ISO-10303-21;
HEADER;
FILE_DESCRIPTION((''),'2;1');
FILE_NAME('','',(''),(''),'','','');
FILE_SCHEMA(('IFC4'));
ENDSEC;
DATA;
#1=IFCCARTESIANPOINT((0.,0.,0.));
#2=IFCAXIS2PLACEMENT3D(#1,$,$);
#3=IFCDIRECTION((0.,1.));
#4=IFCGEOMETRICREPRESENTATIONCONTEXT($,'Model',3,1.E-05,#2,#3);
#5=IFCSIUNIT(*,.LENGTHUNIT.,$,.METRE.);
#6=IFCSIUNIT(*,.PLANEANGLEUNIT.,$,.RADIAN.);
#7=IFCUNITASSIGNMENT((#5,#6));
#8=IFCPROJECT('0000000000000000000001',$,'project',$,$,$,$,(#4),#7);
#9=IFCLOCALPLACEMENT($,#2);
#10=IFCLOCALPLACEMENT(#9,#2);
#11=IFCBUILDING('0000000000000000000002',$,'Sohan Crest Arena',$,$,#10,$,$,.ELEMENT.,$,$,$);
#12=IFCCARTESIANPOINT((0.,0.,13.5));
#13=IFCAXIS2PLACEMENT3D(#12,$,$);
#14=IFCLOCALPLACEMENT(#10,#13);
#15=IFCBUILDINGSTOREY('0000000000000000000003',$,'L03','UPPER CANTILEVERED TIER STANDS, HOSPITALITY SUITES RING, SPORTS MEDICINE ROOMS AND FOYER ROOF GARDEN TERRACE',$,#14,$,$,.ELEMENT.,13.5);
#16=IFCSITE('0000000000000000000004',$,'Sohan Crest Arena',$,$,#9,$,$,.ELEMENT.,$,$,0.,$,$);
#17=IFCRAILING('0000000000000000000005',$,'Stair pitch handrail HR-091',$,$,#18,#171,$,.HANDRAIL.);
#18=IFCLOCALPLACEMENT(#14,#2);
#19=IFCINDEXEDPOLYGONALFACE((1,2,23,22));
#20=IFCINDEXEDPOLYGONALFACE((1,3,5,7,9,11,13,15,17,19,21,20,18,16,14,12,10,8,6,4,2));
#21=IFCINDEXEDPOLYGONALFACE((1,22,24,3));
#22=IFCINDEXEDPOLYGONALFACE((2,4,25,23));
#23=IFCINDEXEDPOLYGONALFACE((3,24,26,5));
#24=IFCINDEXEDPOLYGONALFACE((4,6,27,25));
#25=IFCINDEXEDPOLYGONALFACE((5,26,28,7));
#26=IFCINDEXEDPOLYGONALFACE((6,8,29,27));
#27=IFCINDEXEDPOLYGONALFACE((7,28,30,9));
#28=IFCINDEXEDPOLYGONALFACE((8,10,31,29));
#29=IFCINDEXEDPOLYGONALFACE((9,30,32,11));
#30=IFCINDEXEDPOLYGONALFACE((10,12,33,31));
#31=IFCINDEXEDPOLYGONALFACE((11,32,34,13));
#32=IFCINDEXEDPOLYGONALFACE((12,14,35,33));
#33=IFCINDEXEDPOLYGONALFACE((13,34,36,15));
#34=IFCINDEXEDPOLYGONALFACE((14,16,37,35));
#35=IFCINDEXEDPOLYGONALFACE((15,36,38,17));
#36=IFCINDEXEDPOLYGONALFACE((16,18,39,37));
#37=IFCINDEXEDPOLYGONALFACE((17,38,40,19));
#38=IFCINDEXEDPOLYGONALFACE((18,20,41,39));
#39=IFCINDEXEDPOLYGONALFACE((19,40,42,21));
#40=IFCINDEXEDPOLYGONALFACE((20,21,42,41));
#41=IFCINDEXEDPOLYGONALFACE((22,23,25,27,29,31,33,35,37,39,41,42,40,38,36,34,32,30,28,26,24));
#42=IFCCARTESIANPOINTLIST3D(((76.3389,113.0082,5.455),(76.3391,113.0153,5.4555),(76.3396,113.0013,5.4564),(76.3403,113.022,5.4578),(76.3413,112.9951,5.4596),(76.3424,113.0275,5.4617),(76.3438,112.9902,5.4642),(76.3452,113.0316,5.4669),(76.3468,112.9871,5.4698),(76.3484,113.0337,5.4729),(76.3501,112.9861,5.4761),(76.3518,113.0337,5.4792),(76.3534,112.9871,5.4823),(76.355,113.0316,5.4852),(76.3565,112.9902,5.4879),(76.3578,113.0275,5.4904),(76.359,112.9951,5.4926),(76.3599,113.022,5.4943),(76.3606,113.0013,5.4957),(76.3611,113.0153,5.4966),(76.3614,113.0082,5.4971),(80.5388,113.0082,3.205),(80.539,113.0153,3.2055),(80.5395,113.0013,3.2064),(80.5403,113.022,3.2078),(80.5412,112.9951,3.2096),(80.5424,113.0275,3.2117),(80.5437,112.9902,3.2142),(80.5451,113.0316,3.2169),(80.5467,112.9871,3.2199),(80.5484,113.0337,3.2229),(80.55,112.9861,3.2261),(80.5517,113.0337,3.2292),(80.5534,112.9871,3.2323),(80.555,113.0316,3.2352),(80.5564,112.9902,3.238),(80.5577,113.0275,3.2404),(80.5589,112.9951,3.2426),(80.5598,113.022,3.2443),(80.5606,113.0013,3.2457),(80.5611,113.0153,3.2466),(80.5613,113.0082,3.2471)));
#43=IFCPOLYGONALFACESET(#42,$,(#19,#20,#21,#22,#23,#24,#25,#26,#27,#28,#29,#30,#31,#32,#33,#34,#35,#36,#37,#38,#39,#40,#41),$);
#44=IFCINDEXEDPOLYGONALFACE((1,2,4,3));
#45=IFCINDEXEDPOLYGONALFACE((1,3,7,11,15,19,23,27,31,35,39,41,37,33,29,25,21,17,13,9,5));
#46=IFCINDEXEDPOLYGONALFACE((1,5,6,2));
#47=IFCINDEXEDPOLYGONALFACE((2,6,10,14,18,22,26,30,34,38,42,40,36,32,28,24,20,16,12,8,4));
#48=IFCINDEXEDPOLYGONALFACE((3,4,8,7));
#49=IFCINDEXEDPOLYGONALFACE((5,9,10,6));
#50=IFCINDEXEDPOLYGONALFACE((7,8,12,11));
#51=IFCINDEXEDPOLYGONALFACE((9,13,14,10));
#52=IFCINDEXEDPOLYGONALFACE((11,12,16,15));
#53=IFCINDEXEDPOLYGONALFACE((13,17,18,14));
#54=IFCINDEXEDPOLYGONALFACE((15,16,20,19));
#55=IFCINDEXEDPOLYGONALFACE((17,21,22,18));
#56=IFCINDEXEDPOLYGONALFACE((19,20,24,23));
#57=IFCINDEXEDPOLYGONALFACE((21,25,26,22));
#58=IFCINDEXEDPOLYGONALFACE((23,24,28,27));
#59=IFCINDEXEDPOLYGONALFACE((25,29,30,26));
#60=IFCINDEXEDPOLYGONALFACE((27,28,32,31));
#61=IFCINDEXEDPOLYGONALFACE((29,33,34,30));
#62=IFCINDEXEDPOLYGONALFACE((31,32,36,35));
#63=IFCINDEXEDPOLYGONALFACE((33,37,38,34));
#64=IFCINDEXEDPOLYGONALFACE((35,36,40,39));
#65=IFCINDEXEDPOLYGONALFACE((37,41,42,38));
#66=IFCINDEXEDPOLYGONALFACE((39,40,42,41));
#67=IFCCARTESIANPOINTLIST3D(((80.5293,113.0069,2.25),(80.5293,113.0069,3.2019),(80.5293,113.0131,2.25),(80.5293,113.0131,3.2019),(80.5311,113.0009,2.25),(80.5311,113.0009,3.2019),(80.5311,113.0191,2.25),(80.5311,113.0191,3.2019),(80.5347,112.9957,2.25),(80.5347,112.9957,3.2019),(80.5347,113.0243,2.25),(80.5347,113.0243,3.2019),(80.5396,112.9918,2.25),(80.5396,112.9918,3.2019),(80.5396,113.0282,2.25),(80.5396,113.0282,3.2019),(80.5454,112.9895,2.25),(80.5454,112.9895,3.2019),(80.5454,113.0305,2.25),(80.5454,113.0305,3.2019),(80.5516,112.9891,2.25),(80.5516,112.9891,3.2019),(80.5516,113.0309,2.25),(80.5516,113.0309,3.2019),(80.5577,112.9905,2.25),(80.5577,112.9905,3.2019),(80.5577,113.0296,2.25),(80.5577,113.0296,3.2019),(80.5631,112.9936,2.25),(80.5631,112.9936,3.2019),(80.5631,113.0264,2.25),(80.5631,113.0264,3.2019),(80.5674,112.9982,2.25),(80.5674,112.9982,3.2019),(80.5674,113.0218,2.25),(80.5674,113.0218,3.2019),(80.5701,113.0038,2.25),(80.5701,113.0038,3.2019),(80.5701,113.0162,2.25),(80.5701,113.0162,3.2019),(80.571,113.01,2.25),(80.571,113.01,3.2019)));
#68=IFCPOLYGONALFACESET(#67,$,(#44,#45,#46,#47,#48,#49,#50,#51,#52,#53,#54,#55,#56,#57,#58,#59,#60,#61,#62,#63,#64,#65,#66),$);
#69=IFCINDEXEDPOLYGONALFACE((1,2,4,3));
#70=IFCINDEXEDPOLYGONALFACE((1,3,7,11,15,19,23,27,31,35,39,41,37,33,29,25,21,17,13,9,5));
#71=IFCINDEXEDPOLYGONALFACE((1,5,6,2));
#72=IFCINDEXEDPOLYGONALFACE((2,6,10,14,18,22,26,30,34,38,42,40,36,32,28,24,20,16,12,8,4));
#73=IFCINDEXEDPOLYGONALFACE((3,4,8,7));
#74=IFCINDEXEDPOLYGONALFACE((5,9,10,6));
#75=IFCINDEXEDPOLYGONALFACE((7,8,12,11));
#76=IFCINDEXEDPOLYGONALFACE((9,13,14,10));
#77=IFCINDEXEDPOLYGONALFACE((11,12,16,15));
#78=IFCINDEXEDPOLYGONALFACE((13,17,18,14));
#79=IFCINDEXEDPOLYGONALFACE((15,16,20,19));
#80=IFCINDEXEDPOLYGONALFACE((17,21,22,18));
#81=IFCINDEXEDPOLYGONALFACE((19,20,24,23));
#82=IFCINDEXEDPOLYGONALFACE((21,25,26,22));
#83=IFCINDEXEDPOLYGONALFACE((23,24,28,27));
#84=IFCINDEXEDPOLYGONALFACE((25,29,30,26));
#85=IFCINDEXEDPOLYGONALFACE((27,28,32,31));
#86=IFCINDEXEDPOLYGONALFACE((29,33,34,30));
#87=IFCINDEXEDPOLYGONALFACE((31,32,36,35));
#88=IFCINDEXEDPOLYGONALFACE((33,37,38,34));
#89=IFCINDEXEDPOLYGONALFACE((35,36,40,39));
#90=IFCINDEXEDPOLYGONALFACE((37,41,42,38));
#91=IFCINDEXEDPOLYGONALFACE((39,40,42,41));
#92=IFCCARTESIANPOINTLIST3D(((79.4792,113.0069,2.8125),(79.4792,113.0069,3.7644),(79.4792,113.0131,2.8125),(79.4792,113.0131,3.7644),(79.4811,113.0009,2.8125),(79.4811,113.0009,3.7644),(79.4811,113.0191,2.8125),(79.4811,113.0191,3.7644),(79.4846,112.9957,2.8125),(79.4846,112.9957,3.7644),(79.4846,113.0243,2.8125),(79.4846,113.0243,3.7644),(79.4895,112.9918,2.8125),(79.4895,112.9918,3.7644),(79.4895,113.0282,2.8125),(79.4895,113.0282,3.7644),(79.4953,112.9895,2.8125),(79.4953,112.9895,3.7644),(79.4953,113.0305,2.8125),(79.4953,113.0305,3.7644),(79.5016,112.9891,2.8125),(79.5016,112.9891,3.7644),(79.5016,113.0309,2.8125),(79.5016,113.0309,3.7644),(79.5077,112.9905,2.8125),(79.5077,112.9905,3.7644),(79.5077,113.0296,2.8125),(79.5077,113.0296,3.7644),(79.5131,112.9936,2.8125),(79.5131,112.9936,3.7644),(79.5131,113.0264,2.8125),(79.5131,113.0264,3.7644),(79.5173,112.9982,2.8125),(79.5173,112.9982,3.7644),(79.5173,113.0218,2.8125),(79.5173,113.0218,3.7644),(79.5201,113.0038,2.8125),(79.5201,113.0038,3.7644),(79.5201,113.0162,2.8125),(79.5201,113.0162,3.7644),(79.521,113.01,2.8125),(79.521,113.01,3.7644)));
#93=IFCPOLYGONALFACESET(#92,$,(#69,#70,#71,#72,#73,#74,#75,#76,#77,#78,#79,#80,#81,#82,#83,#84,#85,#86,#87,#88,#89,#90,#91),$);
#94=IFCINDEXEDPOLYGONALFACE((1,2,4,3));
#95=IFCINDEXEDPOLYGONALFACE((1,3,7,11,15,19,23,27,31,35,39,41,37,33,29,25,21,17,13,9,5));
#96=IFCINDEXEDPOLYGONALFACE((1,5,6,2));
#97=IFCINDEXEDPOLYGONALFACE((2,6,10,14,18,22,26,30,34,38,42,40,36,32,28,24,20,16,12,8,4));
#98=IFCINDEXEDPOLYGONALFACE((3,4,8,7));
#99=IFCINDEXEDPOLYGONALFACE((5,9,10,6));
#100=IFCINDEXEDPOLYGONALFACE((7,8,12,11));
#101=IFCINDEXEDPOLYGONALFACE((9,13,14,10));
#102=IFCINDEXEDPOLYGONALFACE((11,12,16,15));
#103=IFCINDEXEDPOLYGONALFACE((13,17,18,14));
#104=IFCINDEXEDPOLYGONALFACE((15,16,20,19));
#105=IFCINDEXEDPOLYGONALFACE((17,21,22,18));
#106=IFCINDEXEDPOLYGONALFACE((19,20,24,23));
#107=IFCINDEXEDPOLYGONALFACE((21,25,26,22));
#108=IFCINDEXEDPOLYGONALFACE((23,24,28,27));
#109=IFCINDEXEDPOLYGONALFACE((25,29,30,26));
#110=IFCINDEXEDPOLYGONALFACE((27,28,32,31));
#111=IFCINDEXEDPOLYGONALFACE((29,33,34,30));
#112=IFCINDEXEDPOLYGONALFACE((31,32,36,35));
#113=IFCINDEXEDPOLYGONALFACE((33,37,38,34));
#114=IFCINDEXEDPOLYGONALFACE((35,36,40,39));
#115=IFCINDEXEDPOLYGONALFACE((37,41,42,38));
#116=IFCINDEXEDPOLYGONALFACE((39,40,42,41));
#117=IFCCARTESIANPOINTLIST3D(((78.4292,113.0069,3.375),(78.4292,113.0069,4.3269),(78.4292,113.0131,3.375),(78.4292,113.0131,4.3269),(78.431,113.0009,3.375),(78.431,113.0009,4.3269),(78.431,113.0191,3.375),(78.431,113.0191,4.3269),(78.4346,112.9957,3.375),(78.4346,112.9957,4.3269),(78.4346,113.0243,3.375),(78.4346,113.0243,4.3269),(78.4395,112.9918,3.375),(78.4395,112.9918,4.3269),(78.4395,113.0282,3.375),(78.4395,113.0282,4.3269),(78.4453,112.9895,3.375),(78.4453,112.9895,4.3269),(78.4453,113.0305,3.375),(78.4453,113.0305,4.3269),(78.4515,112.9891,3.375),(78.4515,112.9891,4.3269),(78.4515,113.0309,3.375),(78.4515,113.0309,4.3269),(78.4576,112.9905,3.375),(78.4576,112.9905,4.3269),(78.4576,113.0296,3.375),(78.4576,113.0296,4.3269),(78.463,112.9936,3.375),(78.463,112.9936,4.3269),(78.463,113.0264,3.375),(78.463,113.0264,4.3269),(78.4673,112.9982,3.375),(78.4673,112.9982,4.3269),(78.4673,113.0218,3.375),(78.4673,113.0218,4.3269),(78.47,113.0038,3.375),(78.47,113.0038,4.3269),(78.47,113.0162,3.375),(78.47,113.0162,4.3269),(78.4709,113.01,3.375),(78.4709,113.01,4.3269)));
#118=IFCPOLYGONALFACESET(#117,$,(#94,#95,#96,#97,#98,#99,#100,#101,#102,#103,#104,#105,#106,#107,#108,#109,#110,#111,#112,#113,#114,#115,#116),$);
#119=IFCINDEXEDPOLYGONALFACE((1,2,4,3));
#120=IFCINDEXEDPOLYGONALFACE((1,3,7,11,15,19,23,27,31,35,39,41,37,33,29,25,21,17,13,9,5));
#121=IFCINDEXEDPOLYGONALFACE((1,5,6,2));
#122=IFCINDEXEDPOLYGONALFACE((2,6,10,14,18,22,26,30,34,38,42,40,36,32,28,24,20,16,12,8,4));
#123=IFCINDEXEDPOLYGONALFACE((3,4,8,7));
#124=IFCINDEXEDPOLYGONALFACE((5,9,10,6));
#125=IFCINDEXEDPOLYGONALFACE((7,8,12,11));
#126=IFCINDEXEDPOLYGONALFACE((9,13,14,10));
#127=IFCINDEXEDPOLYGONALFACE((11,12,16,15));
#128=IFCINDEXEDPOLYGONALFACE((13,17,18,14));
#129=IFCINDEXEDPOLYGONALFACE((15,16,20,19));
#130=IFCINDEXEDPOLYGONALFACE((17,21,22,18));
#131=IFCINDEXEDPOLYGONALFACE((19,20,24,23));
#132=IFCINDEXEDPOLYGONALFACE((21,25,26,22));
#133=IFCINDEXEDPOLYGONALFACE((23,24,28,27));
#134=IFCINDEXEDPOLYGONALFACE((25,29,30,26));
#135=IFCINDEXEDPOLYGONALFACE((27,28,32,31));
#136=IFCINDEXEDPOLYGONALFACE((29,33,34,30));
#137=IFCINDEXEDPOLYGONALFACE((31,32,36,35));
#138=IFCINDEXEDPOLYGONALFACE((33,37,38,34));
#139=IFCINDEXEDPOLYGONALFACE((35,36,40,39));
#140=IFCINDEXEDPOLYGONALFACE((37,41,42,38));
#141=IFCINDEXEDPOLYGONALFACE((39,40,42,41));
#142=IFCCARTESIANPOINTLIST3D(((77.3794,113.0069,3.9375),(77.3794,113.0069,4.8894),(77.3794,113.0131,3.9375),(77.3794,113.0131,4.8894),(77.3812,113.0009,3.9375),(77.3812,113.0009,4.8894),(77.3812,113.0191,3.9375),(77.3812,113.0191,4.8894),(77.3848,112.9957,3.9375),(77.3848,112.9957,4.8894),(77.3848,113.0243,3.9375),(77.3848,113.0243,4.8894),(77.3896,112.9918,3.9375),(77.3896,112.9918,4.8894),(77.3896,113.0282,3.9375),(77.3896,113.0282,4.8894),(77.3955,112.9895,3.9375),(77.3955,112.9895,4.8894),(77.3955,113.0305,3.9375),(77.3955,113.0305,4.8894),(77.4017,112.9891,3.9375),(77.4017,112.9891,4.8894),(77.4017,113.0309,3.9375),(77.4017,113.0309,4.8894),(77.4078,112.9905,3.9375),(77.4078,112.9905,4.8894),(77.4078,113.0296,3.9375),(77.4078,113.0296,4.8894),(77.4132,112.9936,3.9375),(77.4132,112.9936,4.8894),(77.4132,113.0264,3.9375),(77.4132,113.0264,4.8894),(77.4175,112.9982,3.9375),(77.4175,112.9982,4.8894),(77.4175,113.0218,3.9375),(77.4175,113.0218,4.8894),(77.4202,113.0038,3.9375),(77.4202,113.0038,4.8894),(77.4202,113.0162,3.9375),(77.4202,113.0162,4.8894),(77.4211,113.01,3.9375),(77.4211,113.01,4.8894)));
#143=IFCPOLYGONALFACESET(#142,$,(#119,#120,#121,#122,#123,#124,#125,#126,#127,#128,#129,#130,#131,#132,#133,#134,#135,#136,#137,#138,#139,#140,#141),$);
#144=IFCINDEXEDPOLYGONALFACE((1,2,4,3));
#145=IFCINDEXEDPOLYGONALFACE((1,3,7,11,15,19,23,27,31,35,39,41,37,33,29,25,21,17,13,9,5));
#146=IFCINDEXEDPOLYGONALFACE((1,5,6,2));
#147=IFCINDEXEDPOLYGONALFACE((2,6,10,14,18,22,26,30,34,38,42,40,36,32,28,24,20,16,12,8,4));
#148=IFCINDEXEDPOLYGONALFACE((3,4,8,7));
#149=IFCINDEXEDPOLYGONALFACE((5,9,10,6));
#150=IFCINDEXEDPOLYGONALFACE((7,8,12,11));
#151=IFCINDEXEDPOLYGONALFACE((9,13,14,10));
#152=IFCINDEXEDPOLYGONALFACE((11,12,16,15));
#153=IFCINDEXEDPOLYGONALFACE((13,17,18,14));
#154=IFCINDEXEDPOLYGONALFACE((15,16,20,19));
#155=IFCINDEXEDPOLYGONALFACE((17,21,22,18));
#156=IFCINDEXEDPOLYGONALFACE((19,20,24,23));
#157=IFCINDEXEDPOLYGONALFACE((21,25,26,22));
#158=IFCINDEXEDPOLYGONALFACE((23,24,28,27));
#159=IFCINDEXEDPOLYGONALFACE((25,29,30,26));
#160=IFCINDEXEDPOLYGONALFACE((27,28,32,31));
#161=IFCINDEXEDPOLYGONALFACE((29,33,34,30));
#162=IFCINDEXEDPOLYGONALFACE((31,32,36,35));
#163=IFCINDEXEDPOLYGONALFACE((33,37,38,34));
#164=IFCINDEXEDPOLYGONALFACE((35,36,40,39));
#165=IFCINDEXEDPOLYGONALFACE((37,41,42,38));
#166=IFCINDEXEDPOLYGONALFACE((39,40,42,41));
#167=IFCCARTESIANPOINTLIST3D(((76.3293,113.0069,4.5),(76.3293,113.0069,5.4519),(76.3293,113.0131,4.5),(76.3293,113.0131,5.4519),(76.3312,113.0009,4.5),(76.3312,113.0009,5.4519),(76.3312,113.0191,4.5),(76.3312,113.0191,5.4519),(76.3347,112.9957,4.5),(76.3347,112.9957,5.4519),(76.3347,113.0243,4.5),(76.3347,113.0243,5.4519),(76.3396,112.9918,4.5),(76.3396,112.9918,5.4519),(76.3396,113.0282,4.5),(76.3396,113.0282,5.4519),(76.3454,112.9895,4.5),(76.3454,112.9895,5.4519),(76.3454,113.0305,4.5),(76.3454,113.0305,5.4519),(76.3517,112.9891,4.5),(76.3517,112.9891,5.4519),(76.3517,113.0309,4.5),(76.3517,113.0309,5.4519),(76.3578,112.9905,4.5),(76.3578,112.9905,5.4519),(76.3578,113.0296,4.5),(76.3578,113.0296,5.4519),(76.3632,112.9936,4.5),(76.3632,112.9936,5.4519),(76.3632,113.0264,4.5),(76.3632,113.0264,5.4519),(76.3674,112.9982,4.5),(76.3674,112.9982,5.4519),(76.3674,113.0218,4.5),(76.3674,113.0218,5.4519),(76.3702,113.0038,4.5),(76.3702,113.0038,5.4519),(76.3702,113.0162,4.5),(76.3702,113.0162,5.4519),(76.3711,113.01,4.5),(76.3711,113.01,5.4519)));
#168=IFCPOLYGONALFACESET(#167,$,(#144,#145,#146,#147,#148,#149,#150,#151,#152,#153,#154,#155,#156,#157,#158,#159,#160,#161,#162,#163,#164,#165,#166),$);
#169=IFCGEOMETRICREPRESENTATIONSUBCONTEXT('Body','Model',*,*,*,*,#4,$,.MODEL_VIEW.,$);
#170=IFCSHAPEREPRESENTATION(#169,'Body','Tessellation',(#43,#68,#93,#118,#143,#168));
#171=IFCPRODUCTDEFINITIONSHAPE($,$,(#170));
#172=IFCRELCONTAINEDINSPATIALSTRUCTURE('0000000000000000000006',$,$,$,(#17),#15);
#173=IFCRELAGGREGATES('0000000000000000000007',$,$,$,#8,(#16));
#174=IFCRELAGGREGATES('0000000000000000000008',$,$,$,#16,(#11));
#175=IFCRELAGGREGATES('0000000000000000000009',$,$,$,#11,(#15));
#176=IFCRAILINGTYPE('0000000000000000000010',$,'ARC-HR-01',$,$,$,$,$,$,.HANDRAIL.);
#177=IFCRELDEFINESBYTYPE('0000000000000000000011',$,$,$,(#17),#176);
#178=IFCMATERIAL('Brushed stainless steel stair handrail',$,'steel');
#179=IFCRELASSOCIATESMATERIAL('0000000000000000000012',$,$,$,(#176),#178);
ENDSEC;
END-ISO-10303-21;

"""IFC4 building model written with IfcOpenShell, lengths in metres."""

from ifc_helpers import new_model, si_unit, direction, frame, origin, origin_2d, place, context, subcontext, project, spatial, circle, extrude, material, type_object, element, save


model = new_model("IFC4")

# Units and contexts
model_context = context("Model", 3, precision=1e-05, world=origin(), true_north=direction((0.0, 1.0)))
body_context = subcontext(model_context, "Body", "Model", "MODEL_VIEW")
ifc_project = project(units=[si_unit("LENGTHUNIT", "METRE"), si_unit("PLANEANGLEUNIT", "RADIAN")], contexts=[model_context])

# Site, building, storey
site_placement = place(None, origin())
site = spatial("IfcSite", under=ifc_project, at=site_placement, Name="Sohan Crest Arena", CompositionType="ELEMENT", RefElevation=0.0)
building_placement = place(site_placement, origin())
building = spatial("IfcBuilding", under=site, at=building_placement, Name="Sohan Crest Arena", CompositionType="ELEMENT")
storey_placement = place(building_placement, frame((0.0, 0.0, 13.5)))
storey = spatial("IfcBuildingStorey", under=building, at=storey_placement, Name="L03", Description="UPPER CANTILEVERED TIER STANDS, HOSPITALITY SUITES RING, SPORTS MEDICINE ROOMS AND FOYER ROOF GARDEN TERRACE", CompositionType="ELEMENT", Elevation=13.5)

# Railing
ifc_material_1 = material(Name="Brushed stainless steel stair handrail", Category="steel")
railing_type_1 = type_object("IfcRailingType", Name="ARC-HR-01", PredefinedType="HANDRAIL", material=ifc_material_1)
railing_1_placement = place(storey_placement, frame((80.55, 113.01, 2.25)))
element("IfcRailing", 1, at=railing_1_placement, inside=storey, type_object=railing_type_1, Name="Stair pitch handrail HR-091", PredefinedType="HANDRAIL", context=body_context, shape_type="SweptSolid", body=[
    extrude(circle(Radius=0.0239, at=origin_2d()), frame((0.0, 0.0, 0.9761), z_axis=(-0.881478, 0.0, 0.472226), x_axis=(0.0, -1.0, 0.0)), (0.0, 0.0, 1.0), 4.7646),
    extrude(circle(Radius=0.021, at=origin_2d()), origin(), (0.0, 0.0, 1.0), 0.9519),
    extrude(circle(Radius=0.021, at=origin_2d()), frame((-1.05, 0.0, 0.5625)), (0.0, 0.0, 1.0), 0.9519),
    extrude(circle(Radius=0.021, at=origin_2d()), frame((-2.1001, 0.0, 1.125)), (0.0, 0.0, 1.0), 0.9519),
    extrude(circle(Radius=0.021, at=origin_2d()), frame((-3.1499, 0.0, 1.6875)), (0.0, 0.0, 1.0), 0.9519),
    extrude(circle(Radius=0.021, at=origin_2d()), frame((-4.2, 0.0, 2.25)), (0.0, 0.0, 1.0), 0.9519),
])

save(model, "model.ifc")
